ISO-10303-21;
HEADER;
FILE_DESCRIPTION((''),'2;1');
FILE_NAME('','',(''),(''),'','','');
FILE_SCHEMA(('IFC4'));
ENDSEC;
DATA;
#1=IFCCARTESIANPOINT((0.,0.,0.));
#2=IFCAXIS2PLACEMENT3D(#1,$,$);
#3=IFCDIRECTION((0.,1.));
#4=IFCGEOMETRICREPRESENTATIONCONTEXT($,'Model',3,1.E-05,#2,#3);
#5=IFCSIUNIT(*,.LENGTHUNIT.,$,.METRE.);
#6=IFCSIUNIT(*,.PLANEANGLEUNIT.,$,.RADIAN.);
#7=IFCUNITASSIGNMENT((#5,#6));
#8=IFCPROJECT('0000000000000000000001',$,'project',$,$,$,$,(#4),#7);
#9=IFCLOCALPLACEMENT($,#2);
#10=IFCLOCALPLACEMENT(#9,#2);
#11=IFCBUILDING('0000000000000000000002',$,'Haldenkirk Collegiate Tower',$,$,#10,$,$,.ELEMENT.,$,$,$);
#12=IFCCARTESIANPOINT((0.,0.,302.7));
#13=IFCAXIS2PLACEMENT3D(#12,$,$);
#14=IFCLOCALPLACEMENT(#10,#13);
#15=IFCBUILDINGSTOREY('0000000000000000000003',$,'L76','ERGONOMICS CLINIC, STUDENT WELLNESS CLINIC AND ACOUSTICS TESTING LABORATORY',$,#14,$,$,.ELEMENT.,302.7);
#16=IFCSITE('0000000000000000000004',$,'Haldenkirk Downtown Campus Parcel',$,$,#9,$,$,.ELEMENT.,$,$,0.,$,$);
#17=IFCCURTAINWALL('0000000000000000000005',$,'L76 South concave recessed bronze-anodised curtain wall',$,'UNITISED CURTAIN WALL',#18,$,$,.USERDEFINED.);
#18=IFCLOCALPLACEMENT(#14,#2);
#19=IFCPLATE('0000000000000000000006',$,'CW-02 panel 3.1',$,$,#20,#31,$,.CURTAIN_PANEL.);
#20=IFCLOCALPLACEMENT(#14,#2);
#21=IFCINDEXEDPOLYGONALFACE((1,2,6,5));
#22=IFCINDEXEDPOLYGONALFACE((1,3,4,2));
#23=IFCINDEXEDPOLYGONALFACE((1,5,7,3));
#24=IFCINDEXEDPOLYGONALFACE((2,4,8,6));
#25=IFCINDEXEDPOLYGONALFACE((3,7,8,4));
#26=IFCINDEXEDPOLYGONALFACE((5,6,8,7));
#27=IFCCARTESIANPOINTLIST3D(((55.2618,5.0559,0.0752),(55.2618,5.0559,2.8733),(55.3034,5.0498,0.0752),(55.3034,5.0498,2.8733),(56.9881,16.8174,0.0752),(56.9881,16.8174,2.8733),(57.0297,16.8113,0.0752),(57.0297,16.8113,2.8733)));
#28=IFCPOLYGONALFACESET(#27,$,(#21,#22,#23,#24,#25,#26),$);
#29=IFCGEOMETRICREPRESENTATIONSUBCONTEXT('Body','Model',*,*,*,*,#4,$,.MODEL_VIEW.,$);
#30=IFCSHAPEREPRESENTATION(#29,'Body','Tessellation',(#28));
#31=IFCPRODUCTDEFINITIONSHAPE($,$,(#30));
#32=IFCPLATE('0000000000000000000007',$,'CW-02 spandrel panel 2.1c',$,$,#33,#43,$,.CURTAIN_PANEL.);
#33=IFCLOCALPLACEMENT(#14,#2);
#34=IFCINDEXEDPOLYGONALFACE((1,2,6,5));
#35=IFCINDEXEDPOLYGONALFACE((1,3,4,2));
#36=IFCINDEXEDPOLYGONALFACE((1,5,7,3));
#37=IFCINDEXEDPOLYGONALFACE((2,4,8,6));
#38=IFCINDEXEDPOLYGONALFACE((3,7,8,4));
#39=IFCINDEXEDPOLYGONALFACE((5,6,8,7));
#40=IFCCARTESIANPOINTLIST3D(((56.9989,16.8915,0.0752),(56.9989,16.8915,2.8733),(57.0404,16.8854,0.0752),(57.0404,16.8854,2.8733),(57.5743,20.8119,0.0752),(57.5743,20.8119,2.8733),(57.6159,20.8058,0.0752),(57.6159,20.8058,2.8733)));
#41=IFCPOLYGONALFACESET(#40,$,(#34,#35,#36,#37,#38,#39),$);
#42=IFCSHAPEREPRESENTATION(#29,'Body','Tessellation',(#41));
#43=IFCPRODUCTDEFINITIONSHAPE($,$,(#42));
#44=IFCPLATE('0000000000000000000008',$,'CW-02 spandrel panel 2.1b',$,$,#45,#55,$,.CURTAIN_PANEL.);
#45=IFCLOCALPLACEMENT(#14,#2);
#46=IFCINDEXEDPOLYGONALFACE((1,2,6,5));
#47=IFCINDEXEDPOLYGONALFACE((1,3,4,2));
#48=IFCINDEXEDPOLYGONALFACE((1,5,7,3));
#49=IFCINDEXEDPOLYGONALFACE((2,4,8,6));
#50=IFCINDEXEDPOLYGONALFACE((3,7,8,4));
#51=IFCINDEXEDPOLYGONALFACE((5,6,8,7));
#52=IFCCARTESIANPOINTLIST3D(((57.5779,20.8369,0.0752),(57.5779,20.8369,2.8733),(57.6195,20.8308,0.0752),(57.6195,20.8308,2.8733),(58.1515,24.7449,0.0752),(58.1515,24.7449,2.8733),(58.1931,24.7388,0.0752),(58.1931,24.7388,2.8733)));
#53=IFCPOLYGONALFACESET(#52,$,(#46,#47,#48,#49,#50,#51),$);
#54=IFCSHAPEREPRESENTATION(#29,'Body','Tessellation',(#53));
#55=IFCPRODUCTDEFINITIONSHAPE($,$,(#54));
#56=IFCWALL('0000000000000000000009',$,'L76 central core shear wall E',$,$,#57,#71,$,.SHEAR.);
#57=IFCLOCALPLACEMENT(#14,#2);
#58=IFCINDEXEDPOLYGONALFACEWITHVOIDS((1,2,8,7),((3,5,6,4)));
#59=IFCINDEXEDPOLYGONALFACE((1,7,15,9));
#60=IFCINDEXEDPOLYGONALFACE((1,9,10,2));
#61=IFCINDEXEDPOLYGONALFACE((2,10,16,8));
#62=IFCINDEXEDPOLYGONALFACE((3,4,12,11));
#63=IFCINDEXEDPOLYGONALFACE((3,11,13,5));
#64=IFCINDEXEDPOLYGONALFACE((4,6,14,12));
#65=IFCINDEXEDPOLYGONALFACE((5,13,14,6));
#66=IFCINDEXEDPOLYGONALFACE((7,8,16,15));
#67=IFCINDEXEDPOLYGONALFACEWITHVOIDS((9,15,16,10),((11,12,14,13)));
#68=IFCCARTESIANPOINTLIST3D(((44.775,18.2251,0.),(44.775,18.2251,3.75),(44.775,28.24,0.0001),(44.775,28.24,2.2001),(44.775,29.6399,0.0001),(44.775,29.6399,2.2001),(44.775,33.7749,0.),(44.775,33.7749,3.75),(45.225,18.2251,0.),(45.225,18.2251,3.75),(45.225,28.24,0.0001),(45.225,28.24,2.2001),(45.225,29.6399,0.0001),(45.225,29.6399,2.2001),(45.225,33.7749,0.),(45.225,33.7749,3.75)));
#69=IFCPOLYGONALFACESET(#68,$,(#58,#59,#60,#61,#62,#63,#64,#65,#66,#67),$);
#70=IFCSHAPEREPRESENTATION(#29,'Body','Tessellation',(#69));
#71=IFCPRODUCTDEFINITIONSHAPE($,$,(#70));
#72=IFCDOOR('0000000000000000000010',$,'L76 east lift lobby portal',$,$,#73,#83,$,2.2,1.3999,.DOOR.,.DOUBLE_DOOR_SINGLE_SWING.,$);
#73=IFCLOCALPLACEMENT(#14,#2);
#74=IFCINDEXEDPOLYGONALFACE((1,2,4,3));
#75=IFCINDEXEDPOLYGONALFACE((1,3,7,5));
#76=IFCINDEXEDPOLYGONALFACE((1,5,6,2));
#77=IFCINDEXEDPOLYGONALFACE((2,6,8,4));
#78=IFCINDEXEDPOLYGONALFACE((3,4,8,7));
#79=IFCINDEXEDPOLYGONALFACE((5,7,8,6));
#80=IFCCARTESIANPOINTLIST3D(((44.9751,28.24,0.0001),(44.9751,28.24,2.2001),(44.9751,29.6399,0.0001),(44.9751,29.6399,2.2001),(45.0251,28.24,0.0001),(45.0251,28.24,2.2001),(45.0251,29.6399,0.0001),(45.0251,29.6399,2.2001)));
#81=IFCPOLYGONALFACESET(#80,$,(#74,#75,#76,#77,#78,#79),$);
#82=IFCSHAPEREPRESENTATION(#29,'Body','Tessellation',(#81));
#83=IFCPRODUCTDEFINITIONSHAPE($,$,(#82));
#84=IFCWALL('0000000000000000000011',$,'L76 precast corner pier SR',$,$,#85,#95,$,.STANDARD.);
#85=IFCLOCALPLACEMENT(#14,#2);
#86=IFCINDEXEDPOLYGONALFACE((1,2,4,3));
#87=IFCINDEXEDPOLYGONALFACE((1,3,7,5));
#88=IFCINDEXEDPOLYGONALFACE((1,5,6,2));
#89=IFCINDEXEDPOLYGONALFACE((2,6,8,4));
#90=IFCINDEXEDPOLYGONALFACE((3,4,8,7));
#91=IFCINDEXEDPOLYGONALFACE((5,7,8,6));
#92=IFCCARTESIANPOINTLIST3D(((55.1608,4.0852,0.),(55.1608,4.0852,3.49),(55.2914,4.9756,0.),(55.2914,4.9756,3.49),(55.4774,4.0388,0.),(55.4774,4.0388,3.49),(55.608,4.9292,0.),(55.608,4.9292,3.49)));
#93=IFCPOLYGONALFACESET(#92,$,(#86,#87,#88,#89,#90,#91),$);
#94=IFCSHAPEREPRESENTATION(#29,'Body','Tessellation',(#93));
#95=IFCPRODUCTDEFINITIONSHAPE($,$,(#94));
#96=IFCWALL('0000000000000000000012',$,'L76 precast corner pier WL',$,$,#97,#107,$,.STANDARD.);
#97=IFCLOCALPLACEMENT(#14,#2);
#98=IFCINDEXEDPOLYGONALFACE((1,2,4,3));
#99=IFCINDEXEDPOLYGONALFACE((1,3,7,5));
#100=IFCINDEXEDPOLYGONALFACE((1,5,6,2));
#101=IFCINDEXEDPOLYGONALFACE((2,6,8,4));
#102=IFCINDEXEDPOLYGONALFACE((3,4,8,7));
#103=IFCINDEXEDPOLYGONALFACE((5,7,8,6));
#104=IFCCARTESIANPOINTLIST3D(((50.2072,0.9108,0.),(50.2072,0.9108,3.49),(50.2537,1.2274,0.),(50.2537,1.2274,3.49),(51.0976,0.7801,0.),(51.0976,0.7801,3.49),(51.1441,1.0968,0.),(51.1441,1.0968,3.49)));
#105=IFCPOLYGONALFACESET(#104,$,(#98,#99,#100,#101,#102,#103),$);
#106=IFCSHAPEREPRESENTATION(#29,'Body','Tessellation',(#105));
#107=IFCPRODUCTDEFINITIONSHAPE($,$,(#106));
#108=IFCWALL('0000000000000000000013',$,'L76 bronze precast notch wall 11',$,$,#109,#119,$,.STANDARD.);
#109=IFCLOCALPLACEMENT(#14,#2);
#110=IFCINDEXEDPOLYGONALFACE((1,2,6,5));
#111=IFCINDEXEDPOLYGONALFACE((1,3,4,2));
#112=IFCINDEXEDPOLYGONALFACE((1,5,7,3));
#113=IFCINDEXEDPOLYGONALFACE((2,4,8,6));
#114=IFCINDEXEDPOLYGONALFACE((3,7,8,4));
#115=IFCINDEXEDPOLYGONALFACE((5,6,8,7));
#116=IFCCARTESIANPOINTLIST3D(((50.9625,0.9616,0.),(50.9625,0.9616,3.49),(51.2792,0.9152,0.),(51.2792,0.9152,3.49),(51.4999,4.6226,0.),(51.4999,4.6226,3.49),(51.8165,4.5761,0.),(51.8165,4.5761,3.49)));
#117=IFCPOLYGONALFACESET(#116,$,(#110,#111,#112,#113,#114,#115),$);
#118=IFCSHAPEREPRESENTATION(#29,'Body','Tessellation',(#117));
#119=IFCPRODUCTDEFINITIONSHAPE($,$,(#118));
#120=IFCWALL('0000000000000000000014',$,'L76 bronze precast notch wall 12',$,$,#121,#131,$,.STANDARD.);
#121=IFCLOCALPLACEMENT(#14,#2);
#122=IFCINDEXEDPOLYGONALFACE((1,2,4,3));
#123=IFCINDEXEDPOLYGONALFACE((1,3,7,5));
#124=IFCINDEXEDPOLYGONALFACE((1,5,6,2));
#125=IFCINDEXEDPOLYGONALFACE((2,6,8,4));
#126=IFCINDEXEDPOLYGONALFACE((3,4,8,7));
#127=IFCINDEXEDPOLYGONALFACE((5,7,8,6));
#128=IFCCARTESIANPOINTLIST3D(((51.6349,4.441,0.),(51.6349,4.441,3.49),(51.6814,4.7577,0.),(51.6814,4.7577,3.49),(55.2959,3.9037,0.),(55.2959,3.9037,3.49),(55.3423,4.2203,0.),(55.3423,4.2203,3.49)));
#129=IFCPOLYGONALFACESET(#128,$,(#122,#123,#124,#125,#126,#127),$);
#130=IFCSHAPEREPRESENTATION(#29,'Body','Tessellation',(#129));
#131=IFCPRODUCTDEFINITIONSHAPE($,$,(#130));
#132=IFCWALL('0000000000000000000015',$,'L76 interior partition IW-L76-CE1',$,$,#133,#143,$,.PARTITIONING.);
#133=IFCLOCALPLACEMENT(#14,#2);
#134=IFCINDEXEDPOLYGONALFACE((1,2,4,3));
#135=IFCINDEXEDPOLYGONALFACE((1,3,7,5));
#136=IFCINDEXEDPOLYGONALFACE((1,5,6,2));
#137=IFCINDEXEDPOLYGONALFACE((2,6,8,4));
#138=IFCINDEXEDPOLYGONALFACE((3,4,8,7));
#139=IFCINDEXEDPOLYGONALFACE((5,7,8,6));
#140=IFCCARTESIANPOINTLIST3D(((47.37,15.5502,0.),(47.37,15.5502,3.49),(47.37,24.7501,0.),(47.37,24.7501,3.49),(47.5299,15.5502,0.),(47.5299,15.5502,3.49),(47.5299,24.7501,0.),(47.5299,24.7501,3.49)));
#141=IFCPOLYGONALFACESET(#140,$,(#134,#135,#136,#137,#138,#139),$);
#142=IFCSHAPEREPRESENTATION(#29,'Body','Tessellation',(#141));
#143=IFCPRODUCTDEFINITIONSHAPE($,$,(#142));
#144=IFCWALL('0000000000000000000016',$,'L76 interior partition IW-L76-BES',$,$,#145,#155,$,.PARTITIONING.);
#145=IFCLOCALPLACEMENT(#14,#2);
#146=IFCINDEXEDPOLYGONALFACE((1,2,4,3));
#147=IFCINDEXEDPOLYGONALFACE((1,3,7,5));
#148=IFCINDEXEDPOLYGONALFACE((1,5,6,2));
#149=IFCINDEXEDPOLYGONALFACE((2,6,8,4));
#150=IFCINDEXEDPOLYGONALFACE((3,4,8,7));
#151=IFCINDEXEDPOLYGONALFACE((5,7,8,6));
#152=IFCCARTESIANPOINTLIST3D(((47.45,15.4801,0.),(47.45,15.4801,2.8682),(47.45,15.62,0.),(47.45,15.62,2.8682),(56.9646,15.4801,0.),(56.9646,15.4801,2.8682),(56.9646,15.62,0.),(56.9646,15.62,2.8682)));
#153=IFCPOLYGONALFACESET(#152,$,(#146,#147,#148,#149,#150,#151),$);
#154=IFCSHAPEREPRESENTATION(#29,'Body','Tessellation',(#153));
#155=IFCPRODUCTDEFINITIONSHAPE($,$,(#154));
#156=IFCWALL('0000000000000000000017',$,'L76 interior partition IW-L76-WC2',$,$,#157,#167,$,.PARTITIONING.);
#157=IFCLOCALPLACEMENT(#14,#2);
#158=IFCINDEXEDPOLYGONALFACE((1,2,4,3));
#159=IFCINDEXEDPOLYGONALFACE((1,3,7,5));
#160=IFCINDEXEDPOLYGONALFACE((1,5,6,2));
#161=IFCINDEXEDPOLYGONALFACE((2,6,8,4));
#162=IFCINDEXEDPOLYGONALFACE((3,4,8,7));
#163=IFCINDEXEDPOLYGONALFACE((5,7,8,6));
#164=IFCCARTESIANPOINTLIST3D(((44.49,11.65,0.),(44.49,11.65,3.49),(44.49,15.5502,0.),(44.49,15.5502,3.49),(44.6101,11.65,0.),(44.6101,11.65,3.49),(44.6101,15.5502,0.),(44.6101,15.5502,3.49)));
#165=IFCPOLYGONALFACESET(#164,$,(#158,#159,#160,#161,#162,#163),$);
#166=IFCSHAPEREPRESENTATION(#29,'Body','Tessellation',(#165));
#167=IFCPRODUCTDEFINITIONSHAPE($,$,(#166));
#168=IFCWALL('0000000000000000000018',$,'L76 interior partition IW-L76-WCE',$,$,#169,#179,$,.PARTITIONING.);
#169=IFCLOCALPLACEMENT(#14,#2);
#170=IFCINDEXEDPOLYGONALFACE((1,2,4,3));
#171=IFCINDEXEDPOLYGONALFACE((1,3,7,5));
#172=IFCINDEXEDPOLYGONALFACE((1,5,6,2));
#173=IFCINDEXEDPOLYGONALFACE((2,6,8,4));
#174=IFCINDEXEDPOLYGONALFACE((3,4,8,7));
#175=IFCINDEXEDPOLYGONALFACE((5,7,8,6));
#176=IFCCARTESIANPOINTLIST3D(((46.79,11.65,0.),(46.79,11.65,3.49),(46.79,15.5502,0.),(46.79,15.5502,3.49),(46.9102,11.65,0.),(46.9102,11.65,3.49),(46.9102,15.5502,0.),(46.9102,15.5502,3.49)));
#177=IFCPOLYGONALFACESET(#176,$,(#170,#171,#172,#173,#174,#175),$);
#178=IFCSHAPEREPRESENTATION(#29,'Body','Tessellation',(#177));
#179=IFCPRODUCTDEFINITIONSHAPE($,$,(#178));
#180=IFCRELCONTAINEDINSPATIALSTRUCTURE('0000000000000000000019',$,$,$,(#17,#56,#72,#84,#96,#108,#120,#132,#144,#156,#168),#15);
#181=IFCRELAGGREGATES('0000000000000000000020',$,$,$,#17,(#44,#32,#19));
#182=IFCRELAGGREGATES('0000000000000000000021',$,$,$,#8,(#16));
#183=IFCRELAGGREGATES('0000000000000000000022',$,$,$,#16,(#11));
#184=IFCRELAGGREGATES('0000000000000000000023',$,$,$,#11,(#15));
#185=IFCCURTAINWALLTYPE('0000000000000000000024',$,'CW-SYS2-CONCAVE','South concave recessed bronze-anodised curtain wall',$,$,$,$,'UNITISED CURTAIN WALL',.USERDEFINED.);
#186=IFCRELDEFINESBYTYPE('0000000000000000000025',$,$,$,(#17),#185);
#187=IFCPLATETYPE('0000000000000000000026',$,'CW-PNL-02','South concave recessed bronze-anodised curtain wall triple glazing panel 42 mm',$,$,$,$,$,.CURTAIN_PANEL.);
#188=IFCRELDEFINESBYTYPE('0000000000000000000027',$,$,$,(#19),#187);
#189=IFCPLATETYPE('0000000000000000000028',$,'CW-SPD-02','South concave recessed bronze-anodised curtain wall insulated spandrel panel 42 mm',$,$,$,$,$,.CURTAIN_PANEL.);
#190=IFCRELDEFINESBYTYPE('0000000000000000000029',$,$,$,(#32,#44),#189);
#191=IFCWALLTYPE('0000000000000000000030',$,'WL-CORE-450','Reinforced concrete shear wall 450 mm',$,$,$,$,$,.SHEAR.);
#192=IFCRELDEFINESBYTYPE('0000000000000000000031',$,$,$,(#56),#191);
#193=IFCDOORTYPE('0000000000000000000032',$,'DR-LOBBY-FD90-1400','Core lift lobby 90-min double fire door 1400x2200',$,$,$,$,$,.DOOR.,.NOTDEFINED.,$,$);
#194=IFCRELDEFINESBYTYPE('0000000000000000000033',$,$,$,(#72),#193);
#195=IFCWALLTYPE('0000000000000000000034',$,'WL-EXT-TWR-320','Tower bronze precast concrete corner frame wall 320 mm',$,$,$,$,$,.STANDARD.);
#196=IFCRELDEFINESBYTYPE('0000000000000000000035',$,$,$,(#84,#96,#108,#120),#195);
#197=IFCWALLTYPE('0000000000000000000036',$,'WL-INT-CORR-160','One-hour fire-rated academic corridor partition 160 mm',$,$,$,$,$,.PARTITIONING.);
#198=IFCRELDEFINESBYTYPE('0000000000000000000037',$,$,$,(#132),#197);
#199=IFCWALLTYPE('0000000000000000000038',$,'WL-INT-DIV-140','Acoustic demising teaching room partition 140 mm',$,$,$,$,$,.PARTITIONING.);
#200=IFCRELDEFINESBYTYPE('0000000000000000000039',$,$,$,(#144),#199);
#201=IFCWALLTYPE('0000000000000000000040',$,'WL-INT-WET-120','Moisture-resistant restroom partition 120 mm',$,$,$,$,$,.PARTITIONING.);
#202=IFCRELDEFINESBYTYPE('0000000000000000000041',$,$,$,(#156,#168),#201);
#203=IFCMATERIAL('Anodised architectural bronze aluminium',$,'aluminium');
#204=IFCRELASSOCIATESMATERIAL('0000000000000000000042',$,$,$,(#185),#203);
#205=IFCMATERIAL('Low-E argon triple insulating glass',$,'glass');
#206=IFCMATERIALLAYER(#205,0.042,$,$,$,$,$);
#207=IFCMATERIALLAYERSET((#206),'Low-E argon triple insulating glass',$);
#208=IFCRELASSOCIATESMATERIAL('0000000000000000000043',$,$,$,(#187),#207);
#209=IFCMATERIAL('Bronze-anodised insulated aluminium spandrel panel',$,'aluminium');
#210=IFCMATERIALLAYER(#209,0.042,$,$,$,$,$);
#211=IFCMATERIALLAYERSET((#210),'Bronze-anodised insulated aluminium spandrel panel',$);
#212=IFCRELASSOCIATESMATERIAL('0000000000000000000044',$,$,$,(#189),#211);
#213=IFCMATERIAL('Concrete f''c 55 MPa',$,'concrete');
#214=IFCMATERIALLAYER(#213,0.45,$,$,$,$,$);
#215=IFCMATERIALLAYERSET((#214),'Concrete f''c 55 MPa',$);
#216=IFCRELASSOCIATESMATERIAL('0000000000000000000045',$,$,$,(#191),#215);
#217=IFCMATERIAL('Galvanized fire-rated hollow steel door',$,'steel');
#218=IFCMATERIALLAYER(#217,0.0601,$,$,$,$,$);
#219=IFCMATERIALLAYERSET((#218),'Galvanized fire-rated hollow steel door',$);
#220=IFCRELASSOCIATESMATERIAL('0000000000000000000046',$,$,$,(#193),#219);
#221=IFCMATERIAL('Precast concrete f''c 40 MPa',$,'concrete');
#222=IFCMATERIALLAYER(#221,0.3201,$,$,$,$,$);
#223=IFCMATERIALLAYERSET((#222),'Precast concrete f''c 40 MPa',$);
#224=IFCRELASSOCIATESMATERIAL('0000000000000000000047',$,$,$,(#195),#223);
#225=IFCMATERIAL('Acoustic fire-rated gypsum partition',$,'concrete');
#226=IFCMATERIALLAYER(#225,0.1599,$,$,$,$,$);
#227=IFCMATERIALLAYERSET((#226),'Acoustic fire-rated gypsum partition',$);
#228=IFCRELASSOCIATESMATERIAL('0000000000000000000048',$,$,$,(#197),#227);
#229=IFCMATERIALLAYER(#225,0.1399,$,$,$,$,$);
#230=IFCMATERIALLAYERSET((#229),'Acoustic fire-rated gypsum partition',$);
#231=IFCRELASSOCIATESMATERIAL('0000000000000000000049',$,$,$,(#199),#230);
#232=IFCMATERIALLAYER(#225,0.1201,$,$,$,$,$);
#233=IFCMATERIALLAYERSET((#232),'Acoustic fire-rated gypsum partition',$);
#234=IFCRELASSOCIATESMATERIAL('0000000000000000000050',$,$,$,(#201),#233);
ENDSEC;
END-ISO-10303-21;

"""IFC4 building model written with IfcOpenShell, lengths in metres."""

from ifc_helpers import new_model, si_unit, direction, frame, frame_2d, origin, origin_2d, place, context, subcontext, project, spatial, rectangle, extrude, source, transform, mapped, material, layer, layer_set, type_object, element, fill, aggregate, save


model = new_model("IFC4")

# Units and contexts
model_context = context("Model", 3, precision=1e-05, world=origin(), true_north=direction((0.0, 1.0)))
body_context = subcontext(model_context, "Body", "Model", "MODEL_VIEW")
ifc_project = project(units=[si_unit("LENGTHUNIT", "METRE"), si_unit("PLANEANGLEUNIT", "RADIAN")], contexts=[model_context])

# Site, building, storey
site_placement = place(None, origin())
site = spatial("IfcSite", under=ifc_project, at=site_placement, Name="Haldenkirk Downtown Campus Parcel", CompositionType="ELEMENT", RefElevation=0.0)
building_placement = place(site_placement, origin())
building = spatial("IfcBuilding", under=site, at=building_placement, Name="Haldenkirk Collegiate Tower", CompositionType="ELEMENT")
storey_placement = place(building_placement, frame((0.0, 0.0, 302.7)))
storey = spatial("IfcBuildingStorey", under=building, at=storey_placement, Name="L76", Description="ERGONOMICS CLINIC, STUDENT WELLNESS CLINIC AND ACOUSTICS TESTING LABORATORY", CompositionType="ELEMENT", Elevation=302.7)

# Curtain wall
ifc_material_1 = material(Name="Anodised architectural bronze aluminium", Category="aluminium")
curtain_wall_type_1 = type_object("IfcCurtainWallType", Name="CW-SYS2-CONCAVE", Description="South concave recessed bronze-anodised curtain wall", ElementType="UNITISED CURTAIN WALL", PredefinedType="USERDEFINED", material=ifc_material_1)
curtain_wall_1_placement = place(storey_placement, origin())
curtain_wall_1 = element("IfcCurtainWall", 1, at=curtain_wall_1_placement, inside=storey, type_object=curtain_wall_type_1, Name="L76 South concave recessed bronze-anodised curtain wall", ObjectType="UNITISED CURTAIN WALL", PredefinedType="USERDEFINED")

# Plates
ifc_material_2 = material(Name="Low-E argon triple insulating glass", Category="glass")
ifc_layer_1 = layer(ifc_material_2, 0.042)
ifc_layer_set_1 = layer_set([ifc_layer_1], Name="Low-E argon triple insulating glass")
plate_type_1 = type_object("IfcPlateType", Name="CW-PNL-02", Description="South concave recessed bronze-anodised curtain wall triple glazing panel 42 mm", PredefinedType="CURTAIN_PANEL", material=ifc_layer_set_1)
shared_shape_1 = source(origin(), body_context, "Body", "SweptSolid", [
    extrude(rectangle(XDim=11.8875, YDim=0.042, at=origin_2d()), origin(), (0.0, 0.0, 1.0), 2.7981),
])
plate_1_placement = place(storey_placement, frame((56.1458, 10.9336, 0.0752), z_axis=(0.0, 0.0, 1.0), x_axis=(-0.14522, -0.989399, 0.0)))
plate_1 = element("IfcPlate", 2, at=plate_1_placement, type_object=plate_type_1, Name="CW-02 panel 3.1", PredefinedType="CURTAIN_PANEL", context=body_context, shape_type="MappedRepresentation", body=[
    mapped(shared_shape_1, transform((0.0, 0.0, 0.0), x_axis=(1.0, 0.0, 0.0), y_axis=(0.0, 1.0, 0.0), z_axis=(0.0, 0.0, 1.0), scale=1.0)),
])
ifc_material_3 = material(Name="Bronze-anodised insulated aluminium spandrel panel", Category="aluminium")
ifc_layer_2 = layer(ifc_material_3, 0.042)
ifc_layer_set_2 = layer_set([ifc_layer_2], Name="Bronze-anodised insulated aluminium spandrel panel")
plate_type_2 = type_object("IfcPlateType", Name="CW-SPD-02", Description="South concave recessed bronze-anodised curtain wall insulated spandrel panel 42 mm", PredefinedType="CURTAIN_PANEL", material=ifc_layer_set_2)
shared_shape_2 = source(origin(), body_context, "Body", "SweptSolid", [
    extrude(rectangle(XDim=3.9624, YDim=0.042, at=origin_2d()), origin(), (0.0, 0.0, 1.0), 2.7981),
])
plate_2_placement = place(storey_placement, frame((57.3074, 18.8486, 0.0752), z_axis=(0.0, 0.0, 1.0), x_axis=(-0.14522, -0.989399, 0.0)))
plate_2 = element("IfcPlate", 3, at=plate_2_placement, type_object=plate_type_2, Name="CW-02 spandrel panel 2.1c", PredefinedType="CURTAIN_PANEL", context=body_context, shape_type="MappedRepresentation", body=[
    mapped(shared_shape_2, transform((0.0, 0.0, 0.0), x_axis=(1.0, 0.0, 0.0), y_axis=(0.0, 1.0, 0.0), z_axis=(0.0, 0.0, 1.0), scale=1.0)),
])
shared_shape_3 = source(origin(), body_context, "Body", "SweptSolid", [
    extrude(rectangle(XDim=3.95, YDim=0.042, at=origin_2d()), origin(), (0.0, 0.0, 1.0), 2.7981),
])
plate_3_placement = place(storey_placement, frame((57.8855, 22.7878, 0.0752), z_axis=(0.0, 0.0, 1.0), x_axis=(-0.14522, -0.989399, 0.0)))
plate_3 = element("IfcPlate", 4, at=plate_3_placement, type_object=plate_type_2, Name="CW-02 spandrel panel 2.1b", PredefinedType="CURTAIN_PANEL", context=body_context, shape_type="MappedRepresentation", body=[
    mapped(shared_shape_3, transform((0.0, 0.0, 0.0), x_axis=(1.0, 0.0, 0.0), y_axis=(0.0, 1.0, 0.0), z_axis=(0.0, 0.0, 1.0), scale=1.0)),
])
aggregate(curtain_wall_1, [plate_3, plate_2, plate_1])

# Wall, opening, door
ifc_material_4 = material(Name="Concrete f'c 55 MPa", Category="concrete")
ifc_layer_3 = layer(ifc_material_4, 0.45)
ifc_layer_set_3 = layer_set([ifc_layer_3], Name="Concrete f'c 55 MPa")
wall_type_1 = type_object("IfcWallType", Name="WL-CORE-450", Description="Reinforced concrete shear wall 450 mm", PredefinedType="SHEAR", material=ifc_layer_set_3)
wall_1_placement = place(storey_placement, frame((45.0, 18.2251, 0.0), z_axis=(0.0, 0.0, 1.0), x_axis=(0.0, 1.0, 0.0)))
wall_1 = element("IfcWall", 5, at=wall_1_placement, inside=storey, type_object=wall_type_1, Name="L76 central core shear wall E", PredefinedType="SHEAR", context=body_context, shape_type="SweptSolid", body=[
    extrude(rectangle(XDim=15.5498, YDim=0.45, at=frame_2d((7.7749, 0.0))), origin(), (0.0, 0.0, 1.0), 3.75),
])
opening_placement = place(wall_1_placement, frame((10.0149, 0.0, 0.0)))
opening = element("IfcOpeningElement", 6, at=opening_placement, cuts=wall_1, PredefinedType="OPENING", context=body_context, shape_type="SweptSolid", body=[
    extrude(rectangle(XDim=1.3999, YDim=2.2, at=frame_2d((0.7, 1.1001))), frame((0.0, 0.2349, 0.0), z_axis=(0.0, -1.0, 0.0), x_axis=(1.0, 0.0, 0.0)), (0.0, 0.0, 1.0), 0.47),
])
ifc_material_5 = material(Name="Galvanized fire-rated hollow steel door", Category="steel")
ifc_layer_4 = layer(ifc_material_5, 0.0601)
ifc_layer_set_4 = layer_set([ifc_layer_4], Name="Galvanized fire-rated hollow steel door")
door_type = type_object("IfcDoorType", Name="DR-LOBBY-FD90-1400", Description="Core lift lobby 90-min double fire door 1400x2200", OperationType="NOTDEFINED", PredefinedType="DOOR", material=ifc_layer_set_4)
door_placement = place(opening_placement, origin())
door = element("IfcDoor", 7, at=door_placement, inside=storey, type_object=door_type, Name="L76 east lift lobby portal", OperationType="DOUBLE_DOOR_SINGLE_SWING", OverallHeight=2.2, OverallWidth=1.3999, PredefinedType="DOOR", context=body_context, shape_type="SweptSolid", body=[
    extrude(rectangle(XDim=1.3999, YDim=2.2, at=frame_2d((0.7, 1.1001))), frame((0.0, 0.0249, 0.0), z_axis=(0.0, -1.0, 0.0), x_axis=(1.0, 0.0, 0.0)), (0.0, 0.0, 1.0), 0.05),
])
fill(opening, door)

# Walls
ifc_material_6 = material(Name="Precast concrete f'c 40 MPa", Category="concrete")
ifc_layer_5 = layer(ifc_material_6, 0.3201)
ifc_layer_set_5 = layer_set([ifc_layer_5], Name="Precast concrete f'c 40 MPa")
wall_type_2 = type_object("IfcWallType", Name="WL-EXT-TWR-320", Description="Tower bronze precast concrete corner frame wall 320 mm", PredefinedType="STANDARD", material=ifc_layer_set_5)
for number, where, z_axis, x_axis, name in (
    (8, (55.4497, 4.9524, 0.0), (0.0, 0.0, 1.0), (-0.145143, -0.989411, 0.0), "L76 precast corner pier SR"),
    (9, (51.1208, 0.9385, 0.0), (0.0, 0.0, 1.0), (-0.989411, 0.145143, 0.0), "L76 precast corner pier WL"),
):
    element("IfcWall", number, at=place(storey_placement, frame(where, z_axis=z_axis, x_axis=x_axis)), inside=storey, type_object=wall_type_2, Name=name, PredefinedType="STANDARD", context=body_context, shape_type="SweptSolid", body=[
        extrude(rectangle(XDim=0.8999, YDim=0.3201, at=frame_2d((0.45, 0.0))), origin(), (0.0, 0.0, 1.0), 3.49),
    ])
for number, where, z_axis, x_axis, name in (
    (10, (51.6582, 4.5994, 0.0), (0.0, 0.0, 1.0), (-0.145226, -0.989398, 0.0), "L76 bronze precast notch wall 11"),
    (11, (55.3191, 4.062, 0.0), (0.0, 0.0, 1.0), (-0.989398, 0.145226, 0.0), "L76 bronze precast notch wall 12"),
):
    element("IfcWall", number, at=place(storey_placement, frame(where, z_axis=z_axis, x_axis=x_axis)), inside=storey, type_object=wall_type_2, Name=name, PredefinedType="STANDARD", context=body_context, shape_type="SweptSolid", body=[
        extrude(rectangle(XDim=3.7002, YDim=0.3201, at=frame_2d((1.8501, 0.0))), origin(), (0.0, 0.0, 1.0), 3.49),
    ])
ifc_material_7 = material(Name="Acoustic fire-rated gypsum partition", Category="concrete")
ifc_layer_6 = layer(ifc_material_7, 0.1599)
ifc_layer_set_6 = layer_set([ifc_layer_6], Name="Acoustic fire-rated gypsum partition")
wall_type_3 = type_object("IfcWallType", Name="WL-INT-CORR-160", Description="One-hour fire-rated academic corridor partition 160 mm", PredefinedType="PARTITIONING", material=ifc_layer_set_6)
wall_2_placement = place(storey_placement, frame((47.45, 15.55, 0.0), z_axis=(0.0, 0.0, 1.0), x_axis=(0.0, 1.0, 0.0)))
element("IfcWall", 12, at=wall_2_placement, inside=storey, type_object=wall_type_3, Name="L76 interior partition IW-L76-CE1", PredefinedType="PARTITIONING", context=body_context, shape_type="SweptSolid", body=[
    extrude(rectangle(XDim=9.2, YDim=0.1599, at=frame_2d((4.6001, 0.0))), origin(), (0.0, 0.0, 1.0), 3.49),
])
ifc_layer_7 = layer(ifc_material_7, 0.1399)
ifc_layer_set_7 = layer_set([ifc_layer_7], Name="Acoustic fire-rated gypsum partition")
wall_type_4 = type_object("IfcWallType", Name="WL-INT-DIV-140", Description="Acoustic demising teaching room partition 140 mm", PredefinedType="PARTITIONING", material=ifc_layer_set_7)
wall_3_placement = place(storey_placement, frame((47.45, 15.55, 0.0), z_axis=(0.0, 0.0, 1.0), x_axis=(1.0, 0.0, 0.0)))
element("IfcWall", 13, at=wall_3_placement, inside=storey, type_object=wall_type_4, Name="L76 interior partition IW-L76-BES", PredefinedType="PARTITIONING", context=body_context, shape_type="SweptSolid", body=[
    extrude(rectangle(XDim=9.5146, YDim=0.1399, at=frame_2d((4.7573, 0.0))), origin(), (0.0, 0.0, 1.0), 2.8682),
])
ifc_layer_8 = layer(ifc_material_7, 0.1201)
ifc_layer_set_8 = layer_set([ifc_layer_8], Name="Acoustic fire-rated gypsum partition")
wall_type_5 = type_object("IfcWallType", Name="WL-INT-WET-120", Description="Moisture-resistant restroom partition 120 mm", PredefinedType="PARTITIONING", material=ifc_layer_set_8)
for number, where, z_axis, x_axis, name in (
    (14, (44.55, 11.6499, 0.0), (0.0, 0.0, 1.0), (0.0, 1.0, 0.0), "L76 interior partition IW-L76-WC2"),
    (15, (46.8501, 11.6499, 0.0), (0.0, 0.0, 1.0), (0.0, 1.0, 0.0), "L76 interior partition IW-L76-WCE"),
):
    element("IfcWall", number, at=place(storey_placement, frame(where, z_axis=z_axis, x_axis=x_axis)), inside=storey, type_object=wall_type_5, Name=name, PredefinedType="PARTITIONING", context=body_context, shape_type="SweptSolid", body=[
        extrude(rectangle(XDim=3.9001, YDim=0.1201, at=frame_2d((1.9502, 0.0))), origin(), (0.0, 0.0, 1.0), 3.49),
    ])

save(model, "model.ifc")
